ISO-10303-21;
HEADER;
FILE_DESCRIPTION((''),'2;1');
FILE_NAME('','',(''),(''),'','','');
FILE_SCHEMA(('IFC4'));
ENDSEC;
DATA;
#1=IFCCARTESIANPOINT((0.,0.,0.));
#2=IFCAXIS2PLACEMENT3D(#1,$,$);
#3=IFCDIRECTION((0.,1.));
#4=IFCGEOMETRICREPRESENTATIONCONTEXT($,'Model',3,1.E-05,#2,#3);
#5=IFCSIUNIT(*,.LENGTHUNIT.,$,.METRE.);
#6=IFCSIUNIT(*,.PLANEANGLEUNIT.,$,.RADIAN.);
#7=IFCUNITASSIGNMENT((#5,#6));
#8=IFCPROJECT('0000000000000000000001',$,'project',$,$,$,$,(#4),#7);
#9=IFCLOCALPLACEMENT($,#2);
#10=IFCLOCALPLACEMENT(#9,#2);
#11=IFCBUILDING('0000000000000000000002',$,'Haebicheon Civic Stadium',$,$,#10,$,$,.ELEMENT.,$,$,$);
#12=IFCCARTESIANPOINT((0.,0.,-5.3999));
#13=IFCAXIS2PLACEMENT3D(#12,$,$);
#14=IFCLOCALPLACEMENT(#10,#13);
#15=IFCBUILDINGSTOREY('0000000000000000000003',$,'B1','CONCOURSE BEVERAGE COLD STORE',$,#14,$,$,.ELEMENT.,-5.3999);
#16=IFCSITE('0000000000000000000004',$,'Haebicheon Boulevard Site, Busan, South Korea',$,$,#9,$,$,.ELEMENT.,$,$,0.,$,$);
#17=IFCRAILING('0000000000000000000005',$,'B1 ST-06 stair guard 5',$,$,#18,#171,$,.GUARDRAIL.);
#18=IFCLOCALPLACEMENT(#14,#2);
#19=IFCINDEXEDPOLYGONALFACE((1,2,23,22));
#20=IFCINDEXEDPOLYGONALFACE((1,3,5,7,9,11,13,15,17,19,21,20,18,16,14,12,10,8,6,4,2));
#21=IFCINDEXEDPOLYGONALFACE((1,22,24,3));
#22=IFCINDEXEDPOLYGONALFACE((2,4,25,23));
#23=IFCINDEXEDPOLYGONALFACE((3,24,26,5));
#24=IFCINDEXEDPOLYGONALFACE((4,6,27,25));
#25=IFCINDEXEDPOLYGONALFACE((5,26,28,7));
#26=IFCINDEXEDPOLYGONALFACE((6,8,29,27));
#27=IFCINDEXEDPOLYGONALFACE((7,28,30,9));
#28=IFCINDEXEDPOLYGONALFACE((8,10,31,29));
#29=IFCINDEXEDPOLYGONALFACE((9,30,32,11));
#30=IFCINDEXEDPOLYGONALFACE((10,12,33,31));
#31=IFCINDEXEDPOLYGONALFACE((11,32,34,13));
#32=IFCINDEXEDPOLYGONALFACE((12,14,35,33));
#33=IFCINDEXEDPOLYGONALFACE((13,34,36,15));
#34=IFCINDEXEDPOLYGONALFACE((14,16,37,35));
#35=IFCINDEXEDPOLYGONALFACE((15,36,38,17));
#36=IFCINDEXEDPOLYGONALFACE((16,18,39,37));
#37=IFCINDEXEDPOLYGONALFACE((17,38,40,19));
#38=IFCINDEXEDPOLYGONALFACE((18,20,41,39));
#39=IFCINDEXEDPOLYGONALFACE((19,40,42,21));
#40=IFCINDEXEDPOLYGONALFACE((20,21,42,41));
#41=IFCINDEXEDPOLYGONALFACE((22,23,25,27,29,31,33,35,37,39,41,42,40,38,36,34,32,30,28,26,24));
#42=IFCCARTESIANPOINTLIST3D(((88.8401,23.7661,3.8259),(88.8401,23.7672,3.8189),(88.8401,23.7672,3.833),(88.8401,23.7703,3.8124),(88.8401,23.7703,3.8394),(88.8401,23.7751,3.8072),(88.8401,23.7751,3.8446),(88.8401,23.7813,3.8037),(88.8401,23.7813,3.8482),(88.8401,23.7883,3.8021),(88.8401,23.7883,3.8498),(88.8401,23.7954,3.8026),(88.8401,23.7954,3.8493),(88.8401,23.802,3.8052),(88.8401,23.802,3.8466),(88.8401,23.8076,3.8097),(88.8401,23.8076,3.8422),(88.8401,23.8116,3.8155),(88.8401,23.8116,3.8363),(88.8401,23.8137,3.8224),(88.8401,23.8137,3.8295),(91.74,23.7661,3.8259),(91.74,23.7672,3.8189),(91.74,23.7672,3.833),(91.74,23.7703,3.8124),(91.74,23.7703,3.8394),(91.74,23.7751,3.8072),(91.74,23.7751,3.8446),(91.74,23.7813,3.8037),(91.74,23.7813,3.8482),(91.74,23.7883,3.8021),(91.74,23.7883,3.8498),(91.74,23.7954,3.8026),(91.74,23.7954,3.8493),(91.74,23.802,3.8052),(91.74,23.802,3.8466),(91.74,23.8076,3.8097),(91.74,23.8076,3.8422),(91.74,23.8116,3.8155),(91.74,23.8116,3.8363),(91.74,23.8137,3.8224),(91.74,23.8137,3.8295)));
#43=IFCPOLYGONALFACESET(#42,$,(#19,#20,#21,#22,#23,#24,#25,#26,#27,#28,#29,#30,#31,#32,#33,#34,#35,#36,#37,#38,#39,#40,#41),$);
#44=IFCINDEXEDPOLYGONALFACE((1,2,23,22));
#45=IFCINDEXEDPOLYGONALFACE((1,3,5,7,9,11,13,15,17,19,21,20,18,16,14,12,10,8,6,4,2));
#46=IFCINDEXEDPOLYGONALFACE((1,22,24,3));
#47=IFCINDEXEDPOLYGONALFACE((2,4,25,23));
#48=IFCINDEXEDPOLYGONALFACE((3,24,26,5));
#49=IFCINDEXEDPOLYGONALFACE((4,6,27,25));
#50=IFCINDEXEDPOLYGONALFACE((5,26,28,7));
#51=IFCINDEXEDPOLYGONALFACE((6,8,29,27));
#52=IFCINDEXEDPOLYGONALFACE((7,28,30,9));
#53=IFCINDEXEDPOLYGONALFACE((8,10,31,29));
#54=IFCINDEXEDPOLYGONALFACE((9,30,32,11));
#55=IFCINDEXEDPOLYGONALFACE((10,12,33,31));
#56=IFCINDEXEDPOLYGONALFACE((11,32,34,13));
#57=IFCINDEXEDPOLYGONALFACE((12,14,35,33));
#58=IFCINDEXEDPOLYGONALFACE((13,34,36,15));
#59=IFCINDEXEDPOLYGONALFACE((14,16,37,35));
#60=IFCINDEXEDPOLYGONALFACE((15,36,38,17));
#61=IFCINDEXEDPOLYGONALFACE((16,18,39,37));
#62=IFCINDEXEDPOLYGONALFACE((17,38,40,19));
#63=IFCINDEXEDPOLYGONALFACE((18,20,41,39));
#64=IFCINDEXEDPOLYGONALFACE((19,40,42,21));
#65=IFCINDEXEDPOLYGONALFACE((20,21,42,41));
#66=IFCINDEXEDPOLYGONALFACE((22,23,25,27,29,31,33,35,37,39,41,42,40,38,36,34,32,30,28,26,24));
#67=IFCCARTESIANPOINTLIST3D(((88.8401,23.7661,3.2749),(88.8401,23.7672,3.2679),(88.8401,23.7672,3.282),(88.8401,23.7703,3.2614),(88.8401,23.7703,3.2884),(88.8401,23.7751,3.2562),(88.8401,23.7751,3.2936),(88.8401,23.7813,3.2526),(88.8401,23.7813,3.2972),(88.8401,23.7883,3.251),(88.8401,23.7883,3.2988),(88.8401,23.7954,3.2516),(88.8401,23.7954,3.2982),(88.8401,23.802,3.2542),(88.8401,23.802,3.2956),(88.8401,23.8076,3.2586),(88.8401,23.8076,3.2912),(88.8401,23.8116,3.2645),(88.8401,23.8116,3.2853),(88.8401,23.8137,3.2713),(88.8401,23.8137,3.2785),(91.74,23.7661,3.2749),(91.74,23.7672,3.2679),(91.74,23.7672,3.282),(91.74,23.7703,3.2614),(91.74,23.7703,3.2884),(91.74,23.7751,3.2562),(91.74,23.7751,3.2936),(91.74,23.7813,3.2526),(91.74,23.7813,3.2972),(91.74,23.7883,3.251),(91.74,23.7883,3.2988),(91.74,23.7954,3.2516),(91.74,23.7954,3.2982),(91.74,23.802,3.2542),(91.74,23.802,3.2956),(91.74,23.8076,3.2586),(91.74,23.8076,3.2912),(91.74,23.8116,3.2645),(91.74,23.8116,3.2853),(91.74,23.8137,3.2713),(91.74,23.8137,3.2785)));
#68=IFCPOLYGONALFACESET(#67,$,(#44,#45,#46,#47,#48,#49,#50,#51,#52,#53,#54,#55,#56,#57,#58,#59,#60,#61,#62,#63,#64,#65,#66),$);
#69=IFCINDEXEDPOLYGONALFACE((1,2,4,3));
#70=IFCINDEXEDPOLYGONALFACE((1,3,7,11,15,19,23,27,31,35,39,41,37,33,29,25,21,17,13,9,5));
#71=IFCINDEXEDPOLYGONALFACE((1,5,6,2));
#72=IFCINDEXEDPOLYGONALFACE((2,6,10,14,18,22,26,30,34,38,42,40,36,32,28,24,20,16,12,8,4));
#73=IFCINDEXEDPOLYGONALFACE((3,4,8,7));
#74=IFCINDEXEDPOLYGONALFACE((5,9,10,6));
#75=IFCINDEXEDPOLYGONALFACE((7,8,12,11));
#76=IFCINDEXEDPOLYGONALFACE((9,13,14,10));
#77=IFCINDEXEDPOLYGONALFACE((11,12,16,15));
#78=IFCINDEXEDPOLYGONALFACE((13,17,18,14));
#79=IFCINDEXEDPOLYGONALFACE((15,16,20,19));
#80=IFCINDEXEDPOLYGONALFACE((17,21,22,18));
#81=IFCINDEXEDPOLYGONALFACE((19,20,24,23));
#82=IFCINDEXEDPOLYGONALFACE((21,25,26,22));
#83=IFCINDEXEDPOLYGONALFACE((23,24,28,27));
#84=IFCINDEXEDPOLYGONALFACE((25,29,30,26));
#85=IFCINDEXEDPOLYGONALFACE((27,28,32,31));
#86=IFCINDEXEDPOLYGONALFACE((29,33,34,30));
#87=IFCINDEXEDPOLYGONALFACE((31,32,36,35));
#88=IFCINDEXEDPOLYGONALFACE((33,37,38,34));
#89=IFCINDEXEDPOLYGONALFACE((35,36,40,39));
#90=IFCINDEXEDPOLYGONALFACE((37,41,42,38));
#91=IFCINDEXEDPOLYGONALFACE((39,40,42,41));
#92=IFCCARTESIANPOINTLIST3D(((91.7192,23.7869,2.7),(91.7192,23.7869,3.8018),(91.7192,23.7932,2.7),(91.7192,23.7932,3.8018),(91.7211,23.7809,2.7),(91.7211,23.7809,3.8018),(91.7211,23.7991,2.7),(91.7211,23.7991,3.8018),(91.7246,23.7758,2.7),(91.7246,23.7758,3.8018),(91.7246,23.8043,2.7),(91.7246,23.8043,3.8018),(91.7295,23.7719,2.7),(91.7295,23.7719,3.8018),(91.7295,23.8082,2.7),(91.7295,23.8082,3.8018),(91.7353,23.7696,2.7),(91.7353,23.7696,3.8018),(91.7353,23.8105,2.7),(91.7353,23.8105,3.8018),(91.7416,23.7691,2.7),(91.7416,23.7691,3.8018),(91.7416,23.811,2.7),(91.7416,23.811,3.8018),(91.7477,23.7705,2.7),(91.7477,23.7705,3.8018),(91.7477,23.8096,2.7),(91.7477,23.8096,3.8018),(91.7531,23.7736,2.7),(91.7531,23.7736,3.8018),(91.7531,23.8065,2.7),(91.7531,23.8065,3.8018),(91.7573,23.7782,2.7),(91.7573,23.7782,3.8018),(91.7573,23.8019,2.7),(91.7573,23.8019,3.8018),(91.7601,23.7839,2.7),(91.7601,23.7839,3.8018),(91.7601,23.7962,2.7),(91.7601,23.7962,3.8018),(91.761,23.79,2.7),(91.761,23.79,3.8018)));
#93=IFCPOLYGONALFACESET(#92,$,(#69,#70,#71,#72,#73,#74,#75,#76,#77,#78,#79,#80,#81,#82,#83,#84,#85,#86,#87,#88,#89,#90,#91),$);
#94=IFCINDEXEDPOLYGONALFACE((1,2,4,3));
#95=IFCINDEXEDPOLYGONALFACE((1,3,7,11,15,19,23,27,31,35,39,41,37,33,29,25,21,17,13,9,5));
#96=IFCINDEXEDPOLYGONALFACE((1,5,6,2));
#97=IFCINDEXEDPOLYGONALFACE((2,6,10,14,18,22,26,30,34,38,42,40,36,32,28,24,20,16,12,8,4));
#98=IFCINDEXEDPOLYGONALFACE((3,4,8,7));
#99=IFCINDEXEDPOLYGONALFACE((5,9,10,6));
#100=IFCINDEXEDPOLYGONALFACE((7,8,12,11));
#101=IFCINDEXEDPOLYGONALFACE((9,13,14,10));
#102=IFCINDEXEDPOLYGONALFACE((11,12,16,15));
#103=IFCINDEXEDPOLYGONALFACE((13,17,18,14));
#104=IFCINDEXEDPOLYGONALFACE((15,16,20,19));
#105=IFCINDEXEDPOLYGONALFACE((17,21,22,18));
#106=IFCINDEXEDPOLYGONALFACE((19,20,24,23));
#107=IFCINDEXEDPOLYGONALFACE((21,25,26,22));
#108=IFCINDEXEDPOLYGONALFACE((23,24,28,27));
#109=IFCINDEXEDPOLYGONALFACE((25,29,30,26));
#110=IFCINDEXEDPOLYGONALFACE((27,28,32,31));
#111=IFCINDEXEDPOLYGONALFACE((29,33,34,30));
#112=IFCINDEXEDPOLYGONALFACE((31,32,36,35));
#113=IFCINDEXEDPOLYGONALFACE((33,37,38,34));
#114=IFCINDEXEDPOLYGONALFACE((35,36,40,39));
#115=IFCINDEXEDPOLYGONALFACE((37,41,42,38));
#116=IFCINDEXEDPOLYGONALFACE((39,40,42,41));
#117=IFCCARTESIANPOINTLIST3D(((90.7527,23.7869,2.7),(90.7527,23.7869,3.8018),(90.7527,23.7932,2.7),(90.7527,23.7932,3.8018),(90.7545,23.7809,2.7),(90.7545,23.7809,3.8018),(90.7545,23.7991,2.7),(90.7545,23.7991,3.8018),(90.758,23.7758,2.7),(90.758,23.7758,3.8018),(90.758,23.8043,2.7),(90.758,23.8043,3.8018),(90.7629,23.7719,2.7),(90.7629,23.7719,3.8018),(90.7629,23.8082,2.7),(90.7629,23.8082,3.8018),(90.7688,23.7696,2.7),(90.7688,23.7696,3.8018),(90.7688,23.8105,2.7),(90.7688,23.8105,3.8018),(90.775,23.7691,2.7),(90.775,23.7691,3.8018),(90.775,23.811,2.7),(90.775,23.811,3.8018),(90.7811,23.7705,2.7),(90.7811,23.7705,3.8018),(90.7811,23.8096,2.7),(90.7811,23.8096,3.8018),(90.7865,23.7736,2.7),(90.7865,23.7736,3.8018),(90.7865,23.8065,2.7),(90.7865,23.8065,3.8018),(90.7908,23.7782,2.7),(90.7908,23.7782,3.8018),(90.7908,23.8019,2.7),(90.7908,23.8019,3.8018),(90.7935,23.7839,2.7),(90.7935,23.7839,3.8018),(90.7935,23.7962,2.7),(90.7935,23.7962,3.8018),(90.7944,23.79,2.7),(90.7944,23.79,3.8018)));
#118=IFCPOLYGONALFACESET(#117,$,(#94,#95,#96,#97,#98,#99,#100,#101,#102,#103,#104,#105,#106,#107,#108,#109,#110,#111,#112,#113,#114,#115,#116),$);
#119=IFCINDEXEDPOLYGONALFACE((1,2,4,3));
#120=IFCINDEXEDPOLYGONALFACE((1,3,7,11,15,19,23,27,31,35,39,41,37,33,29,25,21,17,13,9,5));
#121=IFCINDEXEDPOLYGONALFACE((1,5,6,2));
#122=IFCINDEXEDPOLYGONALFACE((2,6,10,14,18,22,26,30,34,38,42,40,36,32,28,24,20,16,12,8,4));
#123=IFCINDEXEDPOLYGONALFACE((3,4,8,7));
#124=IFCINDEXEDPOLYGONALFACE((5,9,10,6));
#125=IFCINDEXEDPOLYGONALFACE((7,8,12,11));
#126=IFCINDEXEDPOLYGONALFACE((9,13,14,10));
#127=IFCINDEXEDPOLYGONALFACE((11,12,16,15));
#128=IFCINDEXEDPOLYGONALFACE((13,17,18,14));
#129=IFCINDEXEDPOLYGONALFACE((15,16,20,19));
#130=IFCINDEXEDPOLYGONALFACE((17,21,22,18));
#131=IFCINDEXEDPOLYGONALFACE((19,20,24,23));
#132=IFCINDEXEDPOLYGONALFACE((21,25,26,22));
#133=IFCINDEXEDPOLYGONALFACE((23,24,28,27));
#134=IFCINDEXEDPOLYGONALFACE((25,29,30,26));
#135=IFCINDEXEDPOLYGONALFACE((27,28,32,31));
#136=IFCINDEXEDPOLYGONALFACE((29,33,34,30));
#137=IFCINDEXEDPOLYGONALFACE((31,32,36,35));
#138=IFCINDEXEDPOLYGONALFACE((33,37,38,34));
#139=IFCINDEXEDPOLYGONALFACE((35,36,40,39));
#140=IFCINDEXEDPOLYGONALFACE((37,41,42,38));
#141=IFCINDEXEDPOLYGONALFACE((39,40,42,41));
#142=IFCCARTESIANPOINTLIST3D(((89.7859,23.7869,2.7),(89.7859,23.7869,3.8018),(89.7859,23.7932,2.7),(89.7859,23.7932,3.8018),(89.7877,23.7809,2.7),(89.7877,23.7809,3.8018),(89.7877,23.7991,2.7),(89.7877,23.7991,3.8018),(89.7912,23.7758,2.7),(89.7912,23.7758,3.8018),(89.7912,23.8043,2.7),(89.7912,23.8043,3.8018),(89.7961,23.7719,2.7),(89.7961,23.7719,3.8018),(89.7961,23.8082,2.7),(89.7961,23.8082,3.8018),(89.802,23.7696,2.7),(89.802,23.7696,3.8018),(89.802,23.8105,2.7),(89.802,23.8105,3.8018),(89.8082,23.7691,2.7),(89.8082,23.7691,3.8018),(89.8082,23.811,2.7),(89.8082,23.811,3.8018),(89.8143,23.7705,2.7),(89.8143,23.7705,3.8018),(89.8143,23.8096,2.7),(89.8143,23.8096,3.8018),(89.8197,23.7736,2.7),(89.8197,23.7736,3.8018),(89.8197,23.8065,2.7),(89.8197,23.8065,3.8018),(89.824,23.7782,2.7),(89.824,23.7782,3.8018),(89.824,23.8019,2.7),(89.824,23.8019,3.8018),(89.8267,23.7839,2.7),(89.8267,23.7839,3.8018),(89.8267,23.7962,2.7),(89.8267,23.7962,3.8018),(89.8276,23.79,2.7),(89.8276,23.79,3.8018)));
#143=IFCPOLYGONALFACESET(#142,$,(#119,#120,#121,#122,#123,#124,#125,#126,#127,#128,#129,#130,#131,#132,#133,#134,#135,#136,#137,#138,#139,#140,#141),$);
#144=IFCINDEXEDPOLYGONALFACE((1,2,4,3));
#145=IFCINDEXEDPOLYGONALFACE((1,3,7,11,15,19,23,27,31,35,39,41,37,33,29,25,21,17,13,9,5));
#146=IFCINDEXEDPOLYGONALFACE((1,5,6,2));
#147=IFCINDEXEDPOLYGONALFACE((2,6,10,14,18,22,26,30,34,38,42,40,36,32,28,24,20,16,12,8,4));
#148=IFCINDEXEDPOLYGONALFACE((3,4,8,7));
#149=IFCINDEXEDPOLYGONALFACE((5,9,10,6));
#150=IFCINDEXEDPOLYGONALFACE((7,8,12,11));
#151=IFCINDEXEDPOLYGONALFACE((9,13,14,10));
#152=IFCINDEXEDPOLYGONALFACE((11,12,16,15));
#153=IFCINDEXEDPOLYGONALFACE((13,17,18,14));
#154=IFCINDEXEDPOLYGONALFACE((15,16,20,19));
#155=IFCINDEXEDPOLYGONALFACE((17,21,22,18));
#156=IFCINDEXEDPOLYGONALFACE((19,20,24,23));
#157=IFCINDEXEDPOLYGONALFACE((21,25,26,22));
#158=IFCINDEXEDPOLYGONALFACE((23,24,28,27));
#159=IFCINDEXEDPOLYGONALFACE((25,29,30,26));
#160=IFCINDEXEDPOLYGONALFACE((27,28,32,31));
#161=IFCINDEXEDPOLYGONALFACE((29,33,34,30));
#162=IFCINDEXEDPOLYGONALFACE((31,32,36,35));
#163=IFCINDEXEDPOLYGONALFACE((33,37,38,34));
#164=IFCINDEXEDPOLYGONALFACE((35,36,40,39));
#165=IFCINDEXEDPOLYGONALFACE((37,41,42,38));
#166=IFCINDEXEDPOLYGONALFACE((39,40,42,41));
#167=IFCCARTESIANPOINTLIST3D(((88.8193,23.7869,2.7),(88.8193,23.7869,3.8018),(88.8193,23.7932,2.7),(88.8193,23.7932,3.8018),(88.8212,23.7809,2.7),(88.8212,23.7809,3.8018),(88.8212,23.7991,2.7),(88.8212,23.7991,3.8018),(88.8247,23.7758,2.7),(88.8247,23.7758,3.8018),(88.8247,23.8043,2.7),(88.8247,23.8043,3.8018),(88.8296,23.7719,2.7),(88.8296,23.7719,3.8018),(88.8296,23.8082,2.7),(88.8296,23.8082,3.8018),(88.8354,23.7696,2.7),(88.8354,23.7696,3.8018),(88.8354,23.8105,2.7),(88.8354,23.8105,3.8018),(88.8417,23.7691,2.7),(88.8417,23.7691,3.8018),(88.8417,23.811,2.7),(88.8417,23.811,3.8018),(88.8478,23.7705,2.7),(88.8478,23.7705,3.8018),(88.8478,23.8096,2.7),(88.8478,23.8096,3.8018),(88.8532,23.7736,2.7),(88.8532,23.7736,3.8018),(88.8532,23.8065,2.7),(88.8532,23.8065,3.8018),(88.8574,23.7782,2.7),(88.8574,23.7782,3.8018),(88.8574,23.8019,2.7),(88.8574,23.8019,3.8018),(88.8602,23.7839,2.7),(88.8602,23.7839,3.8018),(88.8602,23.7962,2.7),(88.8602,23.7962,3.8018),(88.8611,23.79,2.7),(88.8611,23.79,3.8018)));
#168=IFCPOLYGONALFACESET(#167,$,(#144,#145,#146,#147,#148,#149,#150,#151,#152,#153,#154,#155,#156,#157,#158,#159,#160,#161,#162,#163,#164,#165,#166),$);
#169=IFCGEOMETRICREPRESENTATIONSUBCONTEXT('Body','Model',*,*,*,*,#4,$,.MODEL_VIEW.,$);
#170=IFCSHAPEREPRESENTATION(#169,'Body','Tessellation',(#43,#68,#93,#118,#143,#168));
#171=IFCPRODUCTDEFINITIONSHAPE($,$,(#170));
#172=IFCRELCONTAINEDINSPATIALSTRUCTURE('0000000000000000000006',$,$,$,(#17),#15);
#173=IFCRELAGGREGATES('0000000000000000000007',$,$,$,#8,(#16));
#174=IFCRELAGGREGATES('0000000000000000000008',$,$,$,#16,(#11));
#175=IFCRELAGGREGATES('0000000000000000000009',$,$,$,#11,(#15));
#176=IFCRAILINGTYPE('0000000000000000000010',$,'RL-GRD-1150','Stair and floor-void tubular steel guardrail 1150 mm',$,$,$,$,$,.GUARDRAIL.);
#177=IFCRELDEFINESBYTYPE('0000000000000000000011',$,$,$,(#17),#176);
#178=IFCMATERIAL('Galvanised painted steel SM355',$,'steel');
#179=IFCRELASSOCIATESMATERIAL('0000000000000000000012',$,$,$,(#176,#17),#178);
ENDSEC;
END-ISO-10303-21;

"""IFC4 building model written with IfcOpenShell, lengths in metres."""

from ifc_helpers import new_model, si_unit, direction, frame, origin, origin_2d, place, context, subcontext, project, spatial, circle, extrude, material, type_object, element, save


model = new_model("IFC4")

# Units and contexts
model_context = context("Model", 3, precision=1e-05, world=origin(), true_north=direction((0.0, 1.0)))
body_context = subcontext(model_context, "Body", "Model", "MODEL_VIEW")
ifc_project = project(units=[si_unit("LENGTHUNIT", "METRE"), si_unit("PLANEANGLEUNIT", "RADIAN")], contexts=[model_context])

# Site, building, storey
site_placement = place(None, origin())
site = spatial("IfcSite", under=ifc_project, at=site_placement, Name="Haebicheon Boulevard Site, Busan, South Korea", CompositionType="ELEMENT", RefElevation=0.0)
building_placement = place(site_placement, origin())
building = spatial("IfcBuilding", under=site, at=building_placement, Name="Haebicheon Civic Stadium", CompositionType="ELEMENT")
storey_placement = place(building_placement, frame((0.0, 0.0, -5.3999)))
storey = spatial("IfcBuildingStorey", under=building, at=storey_placement, Name="B1", Description="CONCOURSE BEVERAGE COLD STORE", CompositionType="ELEMENT", Elevation=-5.3999)

# Railing
ifc_material_1 = material(Name="Galvanised painted steel SM355", Category="steel")
railing_type_1 = type_object("IfcRailingType", Name="RL-GRD-1150", Description="Stair and floor-void tubular steel guardrail 1150 mm", PredefinedType="GUARDRAIL", material=ifc_material_1)
railing_1_placement = place(storey_placement, frame((91.74, 23.79, 2.7)))
element("IfcRailing", 1, at=railing_1_placement, inside=storey, type_object=railing_type_1, material=ifc_material_1, Name="B1 ST-06 stair guard 5", PredefinedType="GUARDRAIL", context=body_context, shape_type="SweptSolid", body=[
    extrude(circle(Radius=0.0239, at=origin_2d()), frame((0.0, 0.0, 1.126), z_axis=(-1.0, 0.0, 0.0), x_axis=(0.0, -1.0, 0.0)), (0.0, 0.0, 1.0), 2.8999),
    extrude(circle(Radius=0.0239, at=origin_2d()), frame((0.0, 0.0, 0.575), z_axis=(-1.0, 0.0, 0.0), x_axis=(0.0, -1.0, 0.0)), (0.0, 0.0, 1.0), 2.8999),
    extrude(circle(Radius=0.021, at=origin_2d()), origin(), (0.0, 0.0, 1.0), 1.1018),
    extrude(circle(Radius=0.021, at=origin_2d()), frame((-0.9666, 0.0, 0.0)), (0.0, 0.0, 1.0), 1.1018),
    extrude(circle(Radius=0.021, at=origin_2d()), frame((-1.9333, 0.0, 0.0)), (0.0, 0.0, 1.0), 1.1018),
    extrude(circle(Radius=0.021, at=origin_2d()), frame((-2.8999, 0.0, 0.0)), (0.0, 0.0, 1.0), 1.1018),
])

save(model, "model.ifc")
